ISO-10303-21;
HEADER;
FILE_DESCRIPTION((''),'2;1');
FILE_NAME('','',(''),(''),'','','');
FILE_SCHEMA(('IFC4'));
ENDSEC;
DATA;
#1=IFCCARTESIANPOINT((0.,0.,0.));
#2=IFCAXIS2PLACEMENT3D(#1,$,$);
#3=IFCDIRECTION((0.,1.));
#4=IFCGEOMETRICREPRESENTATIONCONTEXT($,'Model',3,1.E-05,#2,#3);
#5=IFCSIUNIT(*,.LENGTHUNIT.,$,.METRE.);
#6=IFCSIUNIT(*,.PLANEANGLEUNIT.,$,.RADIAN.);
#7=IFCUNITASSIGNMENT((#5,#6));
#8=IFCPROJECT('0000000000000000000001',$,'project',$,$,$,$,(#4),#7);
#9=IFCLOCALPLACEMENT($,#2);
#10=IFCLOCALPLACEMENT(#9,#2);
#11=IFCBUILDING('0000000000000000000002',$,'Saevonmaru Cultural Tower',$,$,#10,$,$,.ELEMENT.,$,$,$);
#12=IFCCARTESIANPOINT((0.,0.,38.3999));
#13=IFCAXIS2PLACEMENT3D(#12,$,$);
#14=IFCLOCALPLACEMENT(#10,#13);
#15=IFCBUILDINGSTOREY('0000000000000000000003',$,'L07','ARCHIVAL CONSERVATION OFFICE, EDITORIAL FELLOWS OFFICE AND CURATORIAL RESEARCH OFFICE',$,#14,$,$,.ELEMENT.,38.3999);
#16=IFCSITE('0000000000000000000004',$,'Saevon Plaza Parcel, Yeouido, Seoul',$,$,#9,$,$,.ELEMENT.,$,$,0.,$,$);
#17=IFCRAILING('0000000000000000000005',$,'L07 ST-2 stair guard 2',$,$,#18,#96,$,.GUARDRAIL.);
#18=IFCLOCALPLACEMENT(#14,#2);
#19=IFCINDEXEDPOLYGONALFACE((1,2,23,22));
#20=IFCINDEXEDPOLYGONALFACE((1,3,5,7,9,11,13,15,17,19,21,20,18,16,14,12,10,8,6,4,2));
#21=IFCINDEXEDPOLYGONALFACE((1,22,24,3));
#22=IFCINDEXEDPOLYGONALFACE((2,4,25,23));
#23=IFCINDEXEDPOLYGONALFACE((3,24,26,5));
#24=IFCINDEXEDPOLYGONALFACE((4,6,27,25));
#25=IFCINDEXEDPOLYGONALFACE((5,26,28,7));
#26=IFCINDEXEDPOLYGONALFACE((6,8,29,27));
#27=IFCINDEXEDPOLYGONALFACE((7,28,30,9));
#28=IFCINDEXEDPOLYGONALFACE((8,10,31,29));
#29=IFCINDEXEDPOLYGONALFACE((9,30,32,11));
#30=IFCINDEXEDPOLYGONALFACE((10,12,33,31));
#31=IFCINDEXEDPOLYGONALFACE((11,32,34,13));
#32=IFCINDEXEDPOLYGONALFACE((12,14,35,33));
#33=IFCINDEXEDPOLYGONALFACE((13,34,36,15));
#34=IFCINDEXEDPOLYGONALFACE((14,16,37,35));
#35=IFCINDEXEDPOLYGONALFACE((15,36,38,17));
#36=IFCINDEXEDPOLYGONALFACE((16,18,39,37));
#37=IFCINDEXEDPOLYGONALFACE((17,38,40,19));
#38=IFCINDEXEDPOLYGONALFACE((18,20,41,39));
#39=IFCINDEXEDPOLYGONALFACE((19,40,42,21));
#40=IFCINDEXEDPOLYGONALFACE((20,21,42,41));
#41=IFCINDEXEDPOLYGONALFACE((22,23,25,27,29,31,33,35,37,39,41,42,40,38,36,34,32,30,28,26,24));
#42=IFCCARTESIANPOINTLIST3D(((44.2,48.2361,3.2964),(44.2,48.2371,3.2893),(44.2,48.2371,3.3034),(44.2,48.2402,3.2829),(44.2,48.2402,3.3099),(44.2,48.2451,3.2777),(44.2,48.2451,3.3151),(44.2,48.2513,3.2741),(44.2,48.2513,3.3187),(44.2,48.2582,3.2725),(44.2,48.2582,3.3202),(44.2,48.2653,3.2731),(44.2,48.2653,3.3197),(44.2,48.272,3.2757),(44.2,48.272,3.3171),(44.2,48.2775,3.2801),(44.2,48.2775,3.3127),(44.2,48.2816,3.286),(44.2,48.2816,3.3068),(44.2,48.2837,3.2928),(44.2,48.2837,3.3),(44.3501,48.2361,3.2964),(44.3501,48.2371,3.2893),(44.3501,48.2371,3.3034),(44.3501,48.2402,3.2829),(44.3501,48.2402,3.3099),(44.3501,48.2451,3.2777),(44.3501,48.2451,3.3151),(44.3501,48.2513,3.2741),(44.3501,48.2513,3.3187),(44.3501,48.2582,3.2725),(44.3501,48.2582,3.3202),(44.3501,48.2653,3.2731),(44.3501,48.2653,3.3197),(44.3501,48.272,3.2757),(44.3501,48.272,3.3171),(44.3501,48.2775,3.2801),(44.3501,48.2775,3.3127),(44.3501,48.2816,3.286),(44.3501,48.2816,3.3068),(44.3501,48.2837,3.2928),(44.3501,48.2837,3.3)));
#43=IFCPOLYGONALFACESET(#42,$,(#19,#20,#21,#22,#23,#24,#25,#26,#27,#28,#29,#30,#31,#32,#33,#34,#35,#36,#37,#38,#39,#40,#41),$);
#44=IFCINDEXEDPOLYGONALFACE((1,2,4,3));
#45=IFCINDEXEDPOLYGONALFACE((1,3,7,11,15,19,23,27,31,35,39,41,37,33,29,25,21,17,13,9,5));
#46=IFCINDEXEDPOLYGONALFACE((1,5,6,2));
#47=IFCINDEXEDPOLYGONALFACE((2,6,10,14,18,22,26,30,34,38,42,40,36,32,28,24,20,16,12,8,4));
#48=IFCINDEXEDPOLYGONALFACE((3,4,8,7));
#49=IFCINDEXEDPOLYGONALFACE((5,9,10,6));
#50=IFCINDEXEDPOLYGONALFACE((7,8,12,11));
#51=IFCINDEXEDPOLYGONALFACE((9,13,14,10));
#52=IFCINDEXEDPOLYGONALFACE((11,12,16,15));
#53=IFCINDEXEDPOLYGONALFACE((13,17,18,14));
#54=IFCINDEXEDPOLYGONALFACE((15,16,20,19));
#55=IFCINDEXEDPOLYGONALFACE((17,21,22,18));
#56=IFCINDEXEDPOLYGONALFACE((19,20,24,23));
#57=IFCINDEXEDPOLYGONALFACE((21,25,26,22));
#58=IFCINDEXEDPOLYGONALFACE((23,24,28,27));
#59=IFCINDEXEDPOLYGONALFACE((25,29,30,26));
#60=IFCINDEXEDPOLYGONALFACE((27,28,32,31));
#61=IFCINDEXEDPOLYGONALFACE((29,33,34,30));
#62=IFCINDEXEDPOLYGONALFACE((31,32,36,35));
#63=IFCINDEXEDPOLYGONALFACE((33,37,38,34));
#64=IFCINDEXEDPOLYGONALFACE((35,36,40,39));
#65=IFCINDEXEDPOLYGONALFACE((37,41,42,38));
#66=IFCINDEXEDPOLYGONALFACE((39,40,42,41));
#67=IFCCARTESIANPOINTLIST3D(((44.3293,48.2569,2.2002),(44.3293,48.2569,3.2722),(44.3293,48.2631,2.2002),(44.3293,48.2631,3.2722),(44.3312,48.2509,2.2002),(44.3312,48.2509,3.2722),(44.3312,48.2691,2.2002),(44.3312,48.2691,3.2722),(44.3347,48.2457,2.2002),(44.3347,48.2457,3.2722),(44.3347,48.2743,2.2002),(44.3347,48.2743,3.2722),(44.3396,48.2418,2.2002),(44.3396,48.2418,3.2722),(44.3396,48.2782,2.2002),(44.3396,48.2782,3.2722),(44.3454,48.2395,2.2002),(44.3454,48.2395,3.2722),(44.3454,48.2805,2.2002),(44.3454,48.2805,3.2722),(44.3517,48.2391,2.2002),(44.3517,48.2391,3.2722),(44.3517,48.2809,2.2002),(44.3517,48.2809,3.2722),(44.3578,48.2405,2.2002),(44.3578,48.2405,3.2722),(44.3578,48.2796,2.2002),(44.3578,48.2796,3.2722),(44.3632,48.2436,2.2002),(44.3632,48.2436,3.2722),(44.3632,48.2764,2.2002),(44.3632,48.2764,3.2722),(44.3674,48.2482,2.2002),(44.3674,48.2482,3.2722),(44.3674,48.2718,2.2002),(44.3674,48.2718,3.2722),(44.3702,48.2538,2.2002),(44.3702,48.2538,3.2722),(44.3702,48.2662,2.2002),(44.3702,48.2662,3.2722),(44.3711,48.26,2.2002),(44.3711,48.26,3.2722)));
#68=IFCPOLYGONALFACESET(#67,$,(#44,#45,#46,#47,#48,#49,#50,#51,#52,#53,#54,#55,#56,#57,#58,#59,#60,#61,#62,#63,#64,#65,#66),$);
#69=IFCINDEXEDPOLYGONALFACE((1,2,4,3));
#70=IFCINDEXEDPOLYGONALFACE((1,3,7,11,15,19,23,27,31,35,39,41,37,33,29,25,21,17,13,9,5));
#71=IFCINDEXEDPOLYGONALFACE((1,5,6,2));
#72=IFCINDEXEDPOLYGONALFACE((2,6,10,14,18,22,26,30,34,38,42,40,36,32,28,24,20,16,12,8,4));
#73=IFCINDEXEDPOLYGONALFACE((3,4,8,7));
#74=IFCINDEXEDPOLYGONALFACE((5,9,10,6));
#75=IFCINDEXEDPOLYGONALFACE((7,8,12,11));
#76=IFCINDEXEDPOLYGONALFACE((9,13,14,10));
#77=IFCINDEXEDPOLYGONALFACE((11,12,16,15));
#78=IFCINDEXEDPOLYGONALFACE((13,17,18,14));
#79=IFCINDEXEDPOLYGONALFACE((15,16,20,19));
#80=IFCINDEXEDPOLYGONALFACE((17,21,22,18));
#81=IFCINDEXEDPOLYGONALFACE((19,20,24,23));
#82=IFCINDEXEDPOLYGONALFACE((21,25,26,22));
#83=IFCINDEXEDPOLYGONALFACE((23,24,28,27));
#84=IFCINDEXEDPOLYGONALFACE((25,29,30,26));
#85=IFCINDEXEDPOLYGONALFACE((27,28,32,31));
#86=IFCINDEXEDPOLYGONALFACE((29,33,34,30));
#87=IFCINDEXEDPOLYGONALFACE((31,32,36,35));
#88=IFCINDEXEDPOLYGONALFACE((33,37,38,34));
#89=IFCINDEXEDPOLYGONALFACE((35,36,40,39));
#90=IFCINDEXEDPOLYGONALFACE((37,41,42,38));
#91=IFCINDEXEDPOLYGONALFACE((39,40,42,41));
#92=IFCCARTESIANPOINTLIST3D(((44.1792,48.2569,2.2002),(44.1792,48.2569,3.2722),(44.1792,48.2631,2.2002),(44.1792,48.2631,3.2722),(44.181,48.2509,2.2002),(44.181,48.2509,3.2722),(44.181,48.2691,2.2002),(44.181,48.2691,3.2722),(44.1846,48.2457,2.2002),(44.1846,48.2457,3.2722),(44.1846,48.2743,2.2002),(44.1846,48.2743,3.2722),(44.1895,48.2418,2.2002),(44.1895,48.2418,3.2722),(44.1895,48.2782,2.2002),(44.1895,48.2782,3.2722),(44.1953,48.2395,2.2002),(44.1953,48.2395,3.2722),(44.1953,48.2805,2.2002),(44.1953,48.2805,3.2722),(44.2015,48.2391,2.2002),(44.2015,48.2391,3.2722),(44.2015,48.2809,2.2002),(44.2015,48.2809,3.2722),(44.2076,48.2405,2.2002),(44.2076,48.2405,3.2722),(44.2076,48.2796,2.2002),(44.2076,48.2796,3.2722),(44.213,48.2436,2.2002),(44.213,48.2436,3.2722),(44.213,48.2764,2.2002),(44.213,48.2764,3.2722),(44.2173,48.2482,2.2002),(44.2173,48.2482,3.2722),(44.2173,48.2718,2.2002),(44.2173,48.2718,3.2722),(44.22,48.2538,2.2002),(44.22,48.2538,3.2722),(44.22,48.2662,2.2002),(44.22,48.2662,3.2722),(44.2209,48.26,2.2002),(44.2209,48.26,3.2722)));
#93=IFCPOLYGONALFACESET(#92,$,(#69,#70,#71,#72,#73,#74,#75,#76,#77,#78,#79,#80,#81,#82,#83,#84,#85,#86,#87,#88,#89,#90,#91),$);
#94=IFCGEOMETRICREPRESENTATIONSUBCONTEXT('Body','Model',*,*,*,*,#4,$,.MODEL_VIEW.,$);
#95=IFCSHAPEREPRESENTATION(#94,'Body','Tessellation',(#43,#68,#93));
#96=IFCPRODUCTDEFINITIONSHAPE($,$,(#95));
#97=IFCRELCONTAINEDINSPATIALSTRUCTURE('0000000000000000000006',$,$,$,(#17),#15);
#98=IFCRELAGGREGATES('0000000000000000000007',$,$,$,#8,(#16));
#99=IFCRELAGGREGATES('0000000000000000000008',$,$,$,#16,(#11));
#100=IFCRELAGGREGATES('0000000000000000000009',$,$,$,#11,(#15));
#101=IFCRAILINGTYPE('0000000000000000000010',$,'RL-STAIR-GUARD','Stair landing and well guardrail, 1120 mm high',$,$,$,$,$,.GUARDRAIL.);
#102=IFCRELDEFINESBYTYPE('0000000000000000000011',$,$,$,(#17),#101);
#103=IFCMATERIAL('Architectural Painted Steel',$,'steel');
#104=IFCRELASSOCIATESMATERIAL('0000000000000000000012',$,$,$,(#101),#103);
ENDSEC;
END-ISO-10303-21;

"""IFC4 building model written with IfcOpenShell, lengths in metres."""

from ifc_helpers import new_model, si_unit, direction, frame, origin, origin_2d, place, context, subcontext, project, spatial, circle, extrude, material, type_object, element, save


model = new_model("IFC4")

# Units and contexts
model_context = context("Model", 3, precision=1e-05, world=origin(), true_north=direction((0.0, 1.0)))
body_context = subcontext(model_context, "Body", "Model", "MODEL_VIEW")
ifc_project = project(units=[si_unit("LENGTHUNIT", "METRE"), si_unit("PLANEANGLEUNIT", "RADIAN")], contexts=[model_context])

# Site, building, storey
site_placement = place(None, origin())
site = spatial("IfcSite", under=ifc_project, at=site_placement, Name="Saevon Plaza Parcel, Yeouido, Seoul", CompositionType="ELEMENT", RefElevation=0.0)
building_placement = place(site_placement, origin())
building = spatial("IfcBuilding", under=site, at=building_placement, Name="Saevonmaru Cultural Tower", CompositionType="ELEMENT")
storey_placement = place(building_placement, frame((0.0, 0.0, 38.3999)))
storey = spatial("IfcBuildingStorey", under=building, at=storey_placement, Name="L07", Description="ARCHIVAL CONSERVATION OFFICE, EDITORIAL FELLOWS OFFICE AND CURATORIAL RESEARCH OFFICE", CompositionType="ELEMENT", Elevation=38.3999)

# Railing
ifc_material_1 = material(Name="Architectural Painted Steel", Category="steel")
railing_type_1 = type_object("IfcRailingType", Name="RL-STAIR-GUARD", Description="Stair landing and well guardrail, 1120 mm high", PredefinedType="GUARDRAIL", material=ifc_material_1)
railing_1_placement = place(storey_placement, frame((44.3501, 48.26, 2.2002)))
element("IfcRailing", 1, at=railing_1_placement, inside=storey, type_object=railing_type_1, Name="L07 ST-2 stair guard 2", PredefinedType="GUARDRAIL", context=body_context, shape_type="SweptSolid", body=[
    extrude(circle(Radius=0.0239, at=origin_2d()), frame((0.0, 0.0, 1.0962), z_axis=(-1.0, 0.0, 0.0), x_axis=(0.0, -1.0, 0.0)), (0.0, 0.0, 1.0), 0.1501),
    extrude(circle(Radius=0.021, at=origin_2d()), origin(), (0.0, 0.0, 1.0), 1.072),
    extrude(circle(Radius=0.021, at=origin_2d()), frame((-0.1501, 0.0, 0.0)), (0.0, 0.0, 1.0), 1.072),
])

save(model, "model.ifc")
